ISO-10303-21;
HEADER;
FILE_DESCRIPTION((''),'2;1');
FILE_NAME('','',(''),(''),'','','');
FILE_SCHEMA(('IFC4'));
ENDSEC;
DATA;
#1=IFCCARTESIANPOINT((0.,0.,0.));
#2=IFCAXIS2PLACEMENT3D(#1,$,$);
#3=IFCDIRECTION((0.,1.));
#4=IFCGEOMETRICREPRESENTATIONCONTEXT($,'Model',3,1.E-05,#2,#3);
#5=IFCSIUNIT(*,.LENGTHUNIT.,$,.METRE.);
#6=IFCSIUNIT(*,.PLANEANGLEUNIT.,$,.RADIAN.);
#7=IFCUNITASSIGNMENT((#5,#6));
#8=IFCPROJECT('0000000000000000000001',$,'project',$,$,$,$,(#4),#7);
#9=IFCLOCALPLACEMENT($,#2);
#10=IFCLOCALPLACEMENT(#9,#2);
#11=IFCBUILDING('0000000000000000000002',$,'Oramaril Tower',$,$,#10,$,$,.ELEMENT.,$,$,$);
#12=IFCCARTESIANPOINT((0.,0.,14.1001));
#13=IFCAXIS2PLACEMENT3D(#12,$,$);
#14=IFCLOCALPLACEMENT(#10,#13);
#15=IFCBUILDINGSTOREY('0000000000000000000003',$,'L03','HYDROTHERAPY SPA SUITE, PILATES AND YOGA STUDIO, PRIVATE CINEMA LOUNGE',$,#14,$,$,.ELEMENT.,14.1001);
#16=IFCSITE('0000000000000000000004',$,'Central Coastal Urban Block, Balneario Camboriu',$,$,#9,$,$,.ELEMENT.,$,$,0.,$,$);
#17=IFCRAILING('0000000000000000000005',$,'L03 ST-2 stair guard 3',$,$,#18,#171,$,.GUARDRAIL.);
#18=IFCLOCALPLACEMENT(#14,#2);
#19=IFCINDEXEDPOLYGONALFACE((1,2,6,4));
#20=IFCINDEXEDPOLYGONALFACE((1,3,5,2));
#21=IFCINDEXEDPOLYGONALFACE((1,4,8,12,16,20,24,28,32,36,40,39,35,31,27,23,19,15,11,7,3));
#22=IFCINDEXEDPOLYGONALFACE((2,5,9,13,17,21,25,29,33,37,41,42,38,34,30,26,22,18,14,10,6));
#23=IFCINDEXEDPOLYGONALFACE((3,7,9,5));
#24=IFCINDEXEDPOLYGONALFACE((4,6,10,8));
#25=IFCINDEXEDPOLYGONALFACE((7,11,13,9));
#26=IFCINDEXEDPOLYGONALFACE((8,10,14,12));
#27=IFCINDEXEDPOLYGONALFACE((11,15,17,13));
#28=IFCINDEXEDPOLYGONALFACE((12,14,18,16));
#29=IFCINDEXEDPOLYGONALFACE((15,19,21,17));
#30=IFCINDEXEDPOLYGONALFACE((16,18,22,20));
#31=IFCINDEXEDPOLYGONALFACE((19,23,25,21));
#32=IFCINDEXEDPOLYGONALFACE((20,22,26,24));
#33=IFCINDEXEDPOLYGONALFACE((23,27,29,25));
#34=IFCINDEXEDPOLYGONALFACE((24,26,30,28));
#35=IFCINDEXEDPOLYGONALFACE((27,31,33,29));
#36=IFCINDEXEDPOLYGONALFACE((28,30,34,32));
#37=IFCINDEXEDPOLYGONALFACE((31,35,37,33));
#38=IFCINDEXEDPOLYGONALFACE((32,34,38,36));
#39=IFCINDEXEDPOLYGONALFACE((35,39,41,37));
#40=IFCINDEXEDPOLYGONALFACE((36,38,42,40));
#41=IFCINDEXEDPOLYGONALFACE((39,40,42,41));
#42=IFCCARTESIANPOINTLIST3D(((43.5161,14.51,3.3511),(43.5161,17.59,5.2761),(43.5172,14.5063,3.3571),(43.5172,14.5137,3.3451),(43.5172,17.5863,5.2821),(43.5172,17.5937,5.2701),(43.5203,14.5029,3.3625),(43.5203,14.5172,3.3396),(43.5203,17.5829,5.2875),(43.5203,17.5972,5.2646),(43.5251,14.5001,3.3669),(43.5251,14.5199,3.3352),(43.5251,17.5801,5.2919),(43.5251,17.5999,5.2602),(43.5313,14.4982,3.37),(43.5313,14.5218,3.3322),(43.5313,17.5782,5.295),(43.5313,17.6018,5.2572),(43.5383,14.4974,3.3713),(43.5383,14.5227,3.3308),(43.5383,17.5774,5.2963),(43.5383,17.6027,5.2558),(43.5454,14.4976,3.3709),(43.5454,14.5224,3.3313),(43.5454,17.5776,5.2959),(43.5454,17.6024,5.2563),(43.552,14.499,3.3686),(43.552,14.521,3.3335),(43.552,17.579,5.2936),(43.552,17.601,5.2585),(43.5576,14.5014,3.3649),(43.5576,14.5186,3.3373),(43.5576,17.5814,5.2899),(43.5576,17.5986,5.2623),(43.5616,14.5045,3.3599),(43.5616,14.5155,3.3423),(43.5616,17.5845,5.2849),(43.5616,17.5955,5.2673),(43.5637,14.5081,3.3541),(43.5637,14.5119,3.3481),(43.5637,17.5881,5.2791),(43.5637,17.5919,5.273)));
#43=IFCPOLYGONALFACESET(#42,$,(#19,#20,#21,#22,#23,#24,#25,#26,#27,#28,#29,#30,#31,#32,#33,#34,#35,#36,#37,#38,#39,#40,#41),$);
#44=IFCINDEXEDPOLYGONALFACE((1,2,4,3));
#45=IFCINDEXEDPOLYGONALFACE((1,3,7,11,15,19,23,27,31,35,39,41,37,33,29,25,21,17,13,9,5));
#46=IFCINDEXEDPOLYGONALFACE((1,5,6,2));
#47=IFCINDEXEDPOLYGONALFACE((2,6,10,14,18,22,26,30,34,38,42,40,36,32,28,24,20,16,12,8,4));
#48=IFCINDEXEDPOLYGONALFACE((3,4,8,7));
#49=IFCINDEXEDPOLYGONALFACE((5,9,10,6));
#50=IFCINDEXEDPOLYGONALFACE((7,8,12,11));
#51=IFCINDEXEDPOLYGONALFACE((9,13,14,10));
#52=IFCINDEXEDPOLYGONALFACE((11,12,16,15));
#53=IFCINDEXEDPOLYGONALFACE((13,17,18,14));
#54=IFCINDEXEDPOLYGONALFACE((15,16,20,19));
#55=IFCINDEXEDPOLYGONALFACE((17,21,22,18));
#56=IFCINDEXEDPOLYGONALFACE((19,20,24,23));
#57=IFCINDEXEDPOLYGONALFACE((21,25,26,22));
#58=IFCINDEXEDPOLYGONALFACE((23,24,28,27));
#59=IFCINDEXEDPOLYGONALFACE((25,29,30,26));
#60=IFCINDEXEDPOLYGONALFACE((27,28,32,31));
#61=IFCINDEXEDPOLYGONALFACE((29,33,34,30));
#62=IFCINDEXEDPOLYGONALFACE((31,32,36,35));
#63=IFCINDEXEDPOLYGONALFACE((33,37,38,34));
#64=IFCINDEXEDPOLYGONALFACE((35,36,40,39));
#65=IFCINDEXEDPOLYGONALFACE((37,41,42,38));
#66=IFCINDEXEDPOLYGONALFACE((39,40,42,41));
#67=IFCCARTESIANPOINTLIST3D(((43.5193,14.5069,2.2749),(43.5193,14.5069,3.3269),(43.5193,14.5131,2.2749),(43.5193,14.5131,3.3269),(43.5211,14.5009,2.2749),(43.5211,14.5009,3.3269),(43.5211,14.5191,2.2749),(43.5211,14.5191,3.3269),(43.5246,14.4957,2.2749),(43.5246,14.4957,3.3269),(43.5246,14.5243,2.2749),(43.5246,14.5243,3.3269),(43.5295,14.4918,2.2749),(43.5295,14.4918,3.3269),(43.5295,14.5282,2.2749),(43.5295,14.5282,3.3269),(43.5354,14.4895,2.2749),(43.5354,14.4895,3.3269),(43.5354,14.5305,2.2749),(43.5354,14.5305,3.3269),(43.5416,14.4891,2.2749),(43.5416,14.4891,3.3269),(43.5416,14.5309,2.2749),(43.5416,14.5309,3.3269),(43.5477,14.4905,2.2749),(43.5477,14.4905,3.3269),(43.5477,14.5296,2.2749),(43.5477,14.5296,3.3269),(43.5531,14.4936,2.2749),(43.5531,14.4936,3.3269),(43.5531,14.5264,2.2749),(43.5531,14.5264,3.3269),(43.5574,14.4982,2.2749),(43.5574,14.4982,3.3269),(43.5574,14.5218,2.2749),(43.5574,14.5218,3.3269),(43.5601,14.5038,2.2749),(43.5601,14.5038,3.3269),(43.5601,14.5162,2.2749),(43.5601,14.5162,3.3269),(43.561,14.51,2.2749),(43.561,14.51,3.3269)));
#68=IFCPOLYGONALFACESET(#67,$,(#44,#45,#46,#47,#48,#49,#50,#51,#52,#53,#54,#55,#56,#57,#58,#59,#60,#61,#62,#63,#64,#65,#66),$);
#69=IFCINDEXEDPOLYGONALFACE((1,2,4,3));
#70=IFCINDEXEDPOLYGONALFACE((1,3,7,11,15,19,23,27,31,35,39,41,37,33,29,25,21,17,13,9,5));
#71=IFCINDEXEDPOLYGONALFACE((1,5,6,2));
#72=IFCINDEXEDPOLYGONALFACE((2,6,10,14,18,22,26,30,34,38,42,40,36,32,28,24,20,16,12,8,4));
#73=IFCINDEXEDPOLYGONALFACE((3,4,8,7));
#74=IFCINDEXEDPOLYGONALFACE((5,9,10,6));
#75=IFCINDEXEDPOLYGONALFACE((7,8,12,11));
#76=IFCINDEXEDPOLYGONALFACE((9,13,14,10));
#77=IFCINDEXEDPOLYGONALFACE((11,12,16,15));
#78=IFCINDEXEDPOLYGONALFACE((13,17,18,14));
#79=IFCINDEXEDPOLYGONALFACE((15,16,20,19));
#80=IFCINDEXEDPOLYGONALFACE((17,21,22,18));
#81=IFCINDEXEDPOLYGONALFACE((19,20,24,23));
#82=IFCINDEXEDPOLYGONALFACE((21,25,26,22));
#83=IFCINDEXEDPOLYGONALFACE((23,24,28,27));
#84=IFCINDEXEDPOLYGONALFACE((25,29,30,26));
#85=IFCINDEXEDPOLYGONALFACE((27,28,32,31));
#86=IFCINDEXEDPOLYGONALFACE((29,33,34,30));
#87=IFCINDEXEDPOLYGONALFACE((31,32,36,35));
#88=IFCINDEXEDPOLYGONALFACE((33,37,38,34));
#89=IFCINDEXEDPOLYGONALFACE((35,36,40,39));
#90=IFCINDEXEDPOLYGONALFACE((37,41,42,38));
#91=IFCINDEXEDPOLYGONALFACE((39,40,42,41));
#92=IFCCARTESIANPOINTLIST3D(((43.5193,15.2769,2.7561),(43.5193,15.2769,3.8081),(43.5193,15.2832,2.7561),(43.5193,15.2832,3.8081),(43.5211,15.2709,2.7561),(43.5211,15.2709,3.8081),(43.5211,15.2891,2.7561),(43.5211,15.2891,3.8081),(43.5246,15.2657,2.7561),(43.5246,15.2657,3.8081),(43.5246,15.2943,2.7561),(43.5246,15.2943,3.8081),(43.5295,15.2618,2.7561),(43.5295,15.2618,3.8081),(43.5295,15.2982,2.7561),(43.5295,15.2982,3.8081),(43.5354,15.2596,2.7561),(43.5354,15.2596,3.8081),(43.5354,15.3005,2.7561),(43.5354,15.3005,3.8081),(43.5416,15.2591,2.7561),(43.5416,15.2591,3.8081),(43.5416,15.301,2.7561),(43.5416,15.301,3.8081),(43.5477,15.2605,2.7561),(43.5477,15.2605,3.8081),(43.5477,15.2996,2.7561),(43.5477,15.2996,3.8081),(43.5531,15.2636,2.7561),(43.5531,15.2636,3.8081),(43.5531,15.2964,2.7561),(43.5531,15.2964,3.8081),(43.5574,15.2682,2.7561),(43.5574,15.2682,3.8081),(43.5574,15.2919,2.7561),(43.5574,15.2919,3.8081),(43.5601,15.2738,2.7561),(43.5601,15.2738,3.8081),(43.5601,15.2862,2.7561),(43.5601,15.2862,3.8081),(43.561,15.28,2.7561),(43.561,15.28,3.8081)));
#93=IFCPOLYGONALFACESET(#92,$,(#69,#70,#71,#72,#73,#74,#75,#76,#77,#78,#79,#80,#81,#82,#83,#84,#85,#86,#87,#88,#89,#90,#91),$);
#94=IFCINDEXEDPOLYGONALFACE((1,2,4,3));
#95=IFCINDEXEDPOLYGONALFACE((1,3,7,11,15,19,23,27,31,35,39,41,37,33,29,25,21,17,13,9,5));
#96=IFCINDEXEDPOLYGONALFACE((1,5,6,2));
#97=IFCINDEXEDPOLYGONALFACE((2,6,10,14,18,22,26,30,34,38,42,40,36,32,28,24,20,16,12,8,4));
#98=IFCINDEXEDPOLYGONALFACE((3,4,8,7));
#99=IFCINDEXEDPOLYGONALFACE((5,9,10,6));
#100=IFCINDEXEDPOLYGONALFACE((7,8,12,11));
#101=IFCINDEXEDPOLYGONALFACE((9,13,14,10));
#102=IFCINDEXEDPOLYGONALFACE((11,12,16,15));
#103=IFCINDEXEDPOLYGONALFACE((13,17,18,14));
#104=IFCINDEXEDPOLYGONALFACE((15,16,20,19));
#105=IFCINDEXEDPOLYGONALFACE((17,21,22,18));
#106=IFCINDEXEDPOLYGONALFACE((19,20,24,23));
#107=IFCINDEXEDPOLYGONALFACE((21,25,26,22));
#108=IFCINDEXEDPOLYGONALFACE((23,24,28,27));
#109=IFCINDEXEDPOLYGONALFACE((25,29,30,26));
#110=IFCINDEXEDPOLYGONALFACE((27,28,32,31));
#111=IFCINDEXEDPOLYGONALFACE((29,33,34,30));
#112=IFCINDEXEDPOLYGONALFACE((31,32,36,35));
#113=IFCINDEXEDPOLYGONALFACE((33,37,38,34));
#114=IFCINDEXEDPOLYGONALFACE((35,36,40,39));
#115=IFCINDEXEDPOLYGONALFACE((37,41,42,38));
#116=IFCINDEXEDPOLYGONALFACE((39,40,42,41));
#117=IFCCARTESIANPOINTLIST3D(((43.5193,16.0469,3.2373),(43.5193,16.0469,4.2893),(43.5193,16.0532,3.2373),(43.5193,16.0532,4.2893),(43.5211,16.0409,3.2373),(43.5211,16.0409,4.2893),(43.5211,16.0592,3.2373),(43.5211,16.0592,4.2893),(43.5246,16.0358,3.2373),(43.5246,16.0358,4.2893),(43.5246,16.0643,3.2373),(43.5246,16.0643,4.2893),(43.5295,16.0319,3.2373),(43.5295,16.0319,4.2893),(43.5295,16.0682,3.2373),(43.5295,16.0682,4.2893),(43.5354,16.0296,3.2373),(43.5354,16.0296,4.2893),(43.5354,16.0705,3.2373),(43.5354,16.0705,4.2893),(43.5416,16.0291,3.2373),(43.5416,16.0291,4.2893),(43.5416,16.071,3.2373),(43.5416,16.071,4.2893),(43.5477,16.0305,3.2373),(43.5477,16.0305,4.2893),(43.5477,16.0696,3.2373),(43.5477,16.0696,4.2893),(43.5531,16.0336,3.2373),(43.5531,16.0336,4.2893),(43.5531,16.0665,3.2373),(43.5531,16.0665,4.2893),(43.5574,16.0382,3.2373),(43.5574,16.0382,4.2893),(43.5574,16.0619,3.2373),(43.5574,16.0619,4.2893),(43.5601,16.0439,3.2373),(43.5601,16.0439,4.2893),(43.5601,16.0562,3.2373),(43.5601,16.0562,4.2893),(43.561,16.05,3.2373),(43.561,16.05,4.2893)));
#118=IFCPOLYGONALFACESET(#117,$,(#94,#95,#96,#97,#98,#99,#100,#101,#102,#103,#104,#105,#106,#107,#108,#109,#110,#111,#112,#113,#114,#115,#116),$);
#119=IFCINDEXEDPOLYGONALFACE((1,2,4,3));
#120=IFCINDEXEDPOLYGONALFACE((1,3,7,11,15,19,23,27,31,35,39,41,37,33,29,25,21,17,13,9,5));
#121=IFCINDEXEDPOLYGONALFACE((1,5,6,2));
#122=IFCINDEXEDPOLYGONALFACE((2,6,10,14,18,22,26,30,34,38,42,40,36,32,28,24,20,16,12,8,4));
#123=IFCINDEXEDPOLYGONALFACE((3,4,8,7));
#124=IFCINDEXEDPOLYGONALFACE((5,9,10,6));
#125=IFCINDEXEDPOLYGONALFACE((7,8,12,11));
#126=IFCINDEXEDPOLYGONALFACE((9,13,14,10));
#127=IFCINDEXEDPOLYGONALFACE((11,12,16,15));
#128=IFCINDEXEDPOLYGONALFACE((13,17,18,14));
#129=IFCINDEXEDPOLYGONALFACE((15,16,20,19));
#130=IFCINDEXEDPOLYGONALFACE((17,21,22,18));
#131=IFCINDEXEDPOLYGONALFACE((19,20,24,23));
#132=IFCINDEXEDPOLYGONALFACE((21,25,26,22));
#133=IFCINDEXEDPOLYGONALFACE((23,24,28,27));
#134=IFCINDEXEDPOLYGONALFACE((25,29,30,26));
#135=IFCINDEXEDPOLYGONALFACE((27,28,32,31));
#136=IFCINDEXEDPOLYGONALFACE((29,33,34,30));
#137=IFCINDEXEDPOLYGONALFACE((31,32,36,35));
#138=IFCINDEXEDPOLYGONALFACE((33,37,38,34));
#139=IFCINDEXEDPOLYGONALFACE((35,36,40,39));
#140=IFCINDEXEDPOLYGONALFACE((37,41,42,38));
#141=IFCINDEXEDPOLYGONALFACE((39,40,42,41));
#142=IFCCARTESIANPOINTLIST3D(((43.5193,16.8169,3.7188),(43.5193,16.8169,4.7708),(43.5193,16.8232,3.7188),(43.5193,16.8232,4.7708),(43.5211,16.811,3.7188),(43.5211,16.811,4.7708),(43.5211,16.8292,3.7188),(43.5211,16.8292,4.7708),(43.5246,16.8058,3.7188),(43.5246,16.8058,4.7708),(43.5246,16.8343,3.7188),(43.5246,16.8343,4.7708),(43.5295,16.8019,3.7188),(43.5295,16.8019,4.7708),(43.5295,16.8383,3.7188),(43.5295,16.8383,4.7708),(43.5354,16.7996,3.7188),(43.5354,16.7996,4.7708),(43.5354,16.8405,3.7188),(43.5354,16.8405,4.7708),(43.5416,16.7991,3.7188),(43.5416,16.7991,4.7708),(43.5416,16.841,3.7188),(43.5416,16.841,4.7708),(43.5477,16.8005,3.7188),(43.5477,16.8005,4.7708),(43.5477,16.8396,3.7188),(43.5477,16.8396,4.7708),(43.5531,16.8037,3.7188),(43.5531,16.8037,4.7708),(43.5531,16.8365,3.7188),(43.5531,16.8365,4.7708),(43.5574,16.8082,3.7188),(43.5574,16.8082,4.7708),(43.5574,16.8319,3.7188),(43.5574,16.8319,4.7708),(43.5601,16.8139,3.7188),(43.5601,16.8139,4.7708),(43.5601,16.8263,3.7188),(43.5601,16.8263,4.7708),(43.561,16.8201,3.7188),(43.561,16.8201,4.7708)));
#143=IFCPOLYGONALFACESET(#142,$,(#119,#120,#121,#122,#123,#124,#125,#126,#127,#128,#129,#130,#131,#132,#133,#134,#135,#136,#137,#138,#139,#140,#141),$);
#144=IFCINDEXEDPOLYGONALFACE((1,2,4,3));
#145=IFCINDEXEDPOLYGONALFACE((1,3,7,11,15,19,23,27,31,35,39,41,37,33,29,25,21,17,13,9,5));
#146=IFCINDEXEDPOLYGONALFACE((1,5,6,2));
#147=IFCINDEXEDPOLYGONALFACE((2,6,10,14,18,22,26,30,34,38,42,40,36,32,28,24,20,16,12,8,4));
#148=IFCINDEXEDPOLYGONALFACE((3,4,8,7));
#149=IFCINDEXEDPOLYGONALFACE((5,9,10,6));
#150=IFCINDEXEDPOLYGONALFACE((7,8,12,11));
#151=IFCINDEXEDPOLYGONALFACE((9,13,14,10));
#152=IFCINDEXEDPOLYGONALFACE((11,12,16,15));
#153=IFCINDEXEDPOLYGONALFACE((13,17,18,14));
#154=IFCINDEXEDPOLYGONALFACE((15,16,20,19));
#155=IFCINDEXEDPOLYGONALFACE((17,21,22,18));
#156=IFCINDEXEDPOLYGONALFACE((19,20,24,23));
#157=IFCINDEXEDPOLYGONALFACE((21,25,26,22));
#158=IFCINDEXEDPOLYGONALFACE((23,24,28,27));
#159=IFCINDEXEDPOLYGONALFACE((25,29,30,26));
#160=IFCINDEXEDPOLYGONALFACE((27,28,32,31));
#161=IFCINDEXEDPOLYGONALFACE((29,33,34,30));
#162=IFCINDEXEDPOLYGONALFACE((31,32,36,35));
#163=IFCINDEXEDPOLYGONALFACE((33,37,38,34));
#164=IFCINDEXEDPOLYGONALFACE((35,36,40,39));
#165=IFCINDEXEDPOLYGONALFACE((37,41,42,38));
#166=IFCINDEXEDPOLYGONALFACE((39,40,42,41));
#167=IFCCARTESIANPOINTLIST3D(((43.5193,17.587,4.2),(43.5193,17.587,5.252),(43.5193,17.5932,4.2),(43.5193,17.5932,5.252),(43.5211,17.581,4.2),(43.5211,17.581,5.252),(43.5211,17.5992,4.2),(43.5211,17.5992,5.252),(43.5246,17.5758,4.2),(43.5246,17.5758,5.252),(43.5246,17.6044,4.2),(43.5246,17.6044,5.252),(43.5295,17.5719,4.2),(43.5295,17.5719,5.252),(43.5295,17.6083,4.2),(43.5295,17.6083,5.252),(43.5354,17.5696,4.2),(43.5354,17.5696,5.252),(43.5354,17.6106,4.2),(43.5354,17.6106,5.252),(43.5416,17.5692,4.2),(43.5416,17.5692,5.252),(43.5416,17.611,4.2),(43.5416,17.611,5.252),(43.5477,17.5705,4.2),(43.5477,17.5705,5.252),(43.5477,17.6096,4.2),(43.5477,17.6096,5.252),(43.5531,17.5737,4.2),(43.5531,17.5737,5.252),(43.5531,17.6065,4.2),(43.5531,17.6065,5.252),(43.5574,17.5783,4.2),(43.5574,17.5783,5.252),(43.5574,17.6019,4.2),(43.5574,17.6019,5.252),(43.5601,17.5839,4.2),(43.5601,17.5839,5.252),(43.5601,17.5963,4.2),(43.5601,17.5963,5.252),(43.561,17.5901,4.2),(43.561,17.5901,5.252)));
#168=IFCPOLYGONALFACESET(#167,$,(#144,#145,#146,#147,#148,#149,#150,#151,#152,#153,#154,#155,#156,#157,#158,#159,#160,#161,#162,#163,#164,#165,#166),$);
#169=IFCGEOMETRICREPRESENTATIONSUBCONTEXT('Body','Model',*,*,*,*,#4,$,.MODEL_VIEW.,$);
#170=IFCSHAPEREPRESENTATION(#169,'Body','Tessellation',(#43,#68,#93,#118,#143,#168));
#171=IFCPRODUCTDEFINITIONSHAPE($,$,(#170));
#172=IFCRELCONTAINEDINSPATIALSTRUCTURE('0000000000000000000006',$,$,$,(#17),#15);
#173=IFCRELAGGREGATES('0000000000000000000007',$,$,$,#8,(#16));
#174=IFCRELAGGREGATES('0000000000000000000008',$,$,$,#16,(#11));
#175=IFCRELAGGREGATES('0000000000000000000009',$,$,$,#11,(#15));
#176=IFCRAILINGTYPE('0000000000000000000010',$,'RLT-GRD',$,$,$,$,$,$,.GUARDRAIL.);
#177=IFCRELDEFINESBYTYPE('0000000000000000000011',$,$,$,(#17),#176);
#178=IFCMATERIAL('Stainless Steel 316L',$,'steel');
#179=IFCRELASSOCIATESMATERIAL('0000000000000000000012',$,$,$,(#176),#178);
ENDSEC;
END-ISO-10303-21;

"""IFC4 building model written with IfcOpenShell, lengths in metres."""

from ifc_helpers import new_model, si_unit, direction, frame, origin, origin_2d, place, context, subcontext, project, spatial, circle, extrude, material, type_object, element, save


model = new_model("IFC4")

# Units and contexts
model_context = context("Model", 3, precision=1e-05, world=origin(), true_north=direction((0.0, 1.0)))
body_context = subcontext(model_context, "Body", "Model", "MODEL_VIEW")
ifc_project = project(units=[si_unit("LENGTHUNIT", "METRE"), si_unit("PLANEANGLEUNIT", "RADIAN")], contexts=[model_context])

# Site, building, storey
site_placement = place(None, origin())
site = spatial("IfcSite", under=ifc_project, at=site_placement, Name="Central Coastal Urban Block, Balneario Camboriu", CompositionType="ELEMENT", RefElevation=0.0)
building_placement = place(site_placement, origin())
building = spatial("IfcBuilding", under=site, at=building_placement, Name="Oramaril Tower", CompositionType="ELEMENT")
storey_placement = place(building_placement, frame((0.0, 0.0, 14.1001)))
storey = spatial("IfcBuildingStorey", under=building, at=storey_placement, Name="L03", Description="HYDROTHERAPY SPA SUITE, PILATES AND YOGA STUDIO, PRIVATE CINEMA LOUNGE", CompositionType="ELEMENT", Elevation=14.1001)

# Railing
ifc_material_1 = material(Name="Stainless Steel 316L", Category="steel")
railing_type_1 = type_object("IfcRailingType", Name="RLT-GRD", PredefinedType="GUARDRAIL", material=ifc_material_1)
railing_1_placement = place(storey_placement, frame((43.54, 14.51, 2.2749)))
element("IfcRailing", 1, at=railing_1_placement, inside=storey, type_object=railing_type_1, Name="L03 ST-2 stair guard 3", PredefinedType="GUARDRAIL", context=body_context, shape_type="SweptSolid", body=[
    extrude(circle(Radius=0.0239, at=origin_2d()), frame((0.0, 0.0, 1.0762), z_axis=(0.0, 0.847998, 0.529999), x_axis=(-1.0, 0.0, 0.0)), (0.0, 0.0, 1.0), 3.6321),
    extrude(circle(Radius=0.021, at=origin_2d()), origin(), (0.0, 0.0, 1.0), 1.052),
    extrude(circle(Radius=0.021, at=origin_2d()), frame((0.0, 0.77, 0.4812)), (0.0, 0.0, 1.0), 1.052),
    extrude(circle(Radius=0.021, at=origin_2d()), frame((0.0, 1.54, 0.9624)), (0.0, 0.0, 1.0), 1.052),
    extrude(circle(Radius=0.021, at=origin_2d()), frame((0.0, 2.3101, 1.4438)), (0.0, 0.0, 1.0), 1.052),
    extrude(circle(Radius=0.021, at=origin_2d()), frame((0.0, 3.0801, 1.925)), (0.0, 0.0, 1.0), 1.052),
])

save(model, "model.ifc")
